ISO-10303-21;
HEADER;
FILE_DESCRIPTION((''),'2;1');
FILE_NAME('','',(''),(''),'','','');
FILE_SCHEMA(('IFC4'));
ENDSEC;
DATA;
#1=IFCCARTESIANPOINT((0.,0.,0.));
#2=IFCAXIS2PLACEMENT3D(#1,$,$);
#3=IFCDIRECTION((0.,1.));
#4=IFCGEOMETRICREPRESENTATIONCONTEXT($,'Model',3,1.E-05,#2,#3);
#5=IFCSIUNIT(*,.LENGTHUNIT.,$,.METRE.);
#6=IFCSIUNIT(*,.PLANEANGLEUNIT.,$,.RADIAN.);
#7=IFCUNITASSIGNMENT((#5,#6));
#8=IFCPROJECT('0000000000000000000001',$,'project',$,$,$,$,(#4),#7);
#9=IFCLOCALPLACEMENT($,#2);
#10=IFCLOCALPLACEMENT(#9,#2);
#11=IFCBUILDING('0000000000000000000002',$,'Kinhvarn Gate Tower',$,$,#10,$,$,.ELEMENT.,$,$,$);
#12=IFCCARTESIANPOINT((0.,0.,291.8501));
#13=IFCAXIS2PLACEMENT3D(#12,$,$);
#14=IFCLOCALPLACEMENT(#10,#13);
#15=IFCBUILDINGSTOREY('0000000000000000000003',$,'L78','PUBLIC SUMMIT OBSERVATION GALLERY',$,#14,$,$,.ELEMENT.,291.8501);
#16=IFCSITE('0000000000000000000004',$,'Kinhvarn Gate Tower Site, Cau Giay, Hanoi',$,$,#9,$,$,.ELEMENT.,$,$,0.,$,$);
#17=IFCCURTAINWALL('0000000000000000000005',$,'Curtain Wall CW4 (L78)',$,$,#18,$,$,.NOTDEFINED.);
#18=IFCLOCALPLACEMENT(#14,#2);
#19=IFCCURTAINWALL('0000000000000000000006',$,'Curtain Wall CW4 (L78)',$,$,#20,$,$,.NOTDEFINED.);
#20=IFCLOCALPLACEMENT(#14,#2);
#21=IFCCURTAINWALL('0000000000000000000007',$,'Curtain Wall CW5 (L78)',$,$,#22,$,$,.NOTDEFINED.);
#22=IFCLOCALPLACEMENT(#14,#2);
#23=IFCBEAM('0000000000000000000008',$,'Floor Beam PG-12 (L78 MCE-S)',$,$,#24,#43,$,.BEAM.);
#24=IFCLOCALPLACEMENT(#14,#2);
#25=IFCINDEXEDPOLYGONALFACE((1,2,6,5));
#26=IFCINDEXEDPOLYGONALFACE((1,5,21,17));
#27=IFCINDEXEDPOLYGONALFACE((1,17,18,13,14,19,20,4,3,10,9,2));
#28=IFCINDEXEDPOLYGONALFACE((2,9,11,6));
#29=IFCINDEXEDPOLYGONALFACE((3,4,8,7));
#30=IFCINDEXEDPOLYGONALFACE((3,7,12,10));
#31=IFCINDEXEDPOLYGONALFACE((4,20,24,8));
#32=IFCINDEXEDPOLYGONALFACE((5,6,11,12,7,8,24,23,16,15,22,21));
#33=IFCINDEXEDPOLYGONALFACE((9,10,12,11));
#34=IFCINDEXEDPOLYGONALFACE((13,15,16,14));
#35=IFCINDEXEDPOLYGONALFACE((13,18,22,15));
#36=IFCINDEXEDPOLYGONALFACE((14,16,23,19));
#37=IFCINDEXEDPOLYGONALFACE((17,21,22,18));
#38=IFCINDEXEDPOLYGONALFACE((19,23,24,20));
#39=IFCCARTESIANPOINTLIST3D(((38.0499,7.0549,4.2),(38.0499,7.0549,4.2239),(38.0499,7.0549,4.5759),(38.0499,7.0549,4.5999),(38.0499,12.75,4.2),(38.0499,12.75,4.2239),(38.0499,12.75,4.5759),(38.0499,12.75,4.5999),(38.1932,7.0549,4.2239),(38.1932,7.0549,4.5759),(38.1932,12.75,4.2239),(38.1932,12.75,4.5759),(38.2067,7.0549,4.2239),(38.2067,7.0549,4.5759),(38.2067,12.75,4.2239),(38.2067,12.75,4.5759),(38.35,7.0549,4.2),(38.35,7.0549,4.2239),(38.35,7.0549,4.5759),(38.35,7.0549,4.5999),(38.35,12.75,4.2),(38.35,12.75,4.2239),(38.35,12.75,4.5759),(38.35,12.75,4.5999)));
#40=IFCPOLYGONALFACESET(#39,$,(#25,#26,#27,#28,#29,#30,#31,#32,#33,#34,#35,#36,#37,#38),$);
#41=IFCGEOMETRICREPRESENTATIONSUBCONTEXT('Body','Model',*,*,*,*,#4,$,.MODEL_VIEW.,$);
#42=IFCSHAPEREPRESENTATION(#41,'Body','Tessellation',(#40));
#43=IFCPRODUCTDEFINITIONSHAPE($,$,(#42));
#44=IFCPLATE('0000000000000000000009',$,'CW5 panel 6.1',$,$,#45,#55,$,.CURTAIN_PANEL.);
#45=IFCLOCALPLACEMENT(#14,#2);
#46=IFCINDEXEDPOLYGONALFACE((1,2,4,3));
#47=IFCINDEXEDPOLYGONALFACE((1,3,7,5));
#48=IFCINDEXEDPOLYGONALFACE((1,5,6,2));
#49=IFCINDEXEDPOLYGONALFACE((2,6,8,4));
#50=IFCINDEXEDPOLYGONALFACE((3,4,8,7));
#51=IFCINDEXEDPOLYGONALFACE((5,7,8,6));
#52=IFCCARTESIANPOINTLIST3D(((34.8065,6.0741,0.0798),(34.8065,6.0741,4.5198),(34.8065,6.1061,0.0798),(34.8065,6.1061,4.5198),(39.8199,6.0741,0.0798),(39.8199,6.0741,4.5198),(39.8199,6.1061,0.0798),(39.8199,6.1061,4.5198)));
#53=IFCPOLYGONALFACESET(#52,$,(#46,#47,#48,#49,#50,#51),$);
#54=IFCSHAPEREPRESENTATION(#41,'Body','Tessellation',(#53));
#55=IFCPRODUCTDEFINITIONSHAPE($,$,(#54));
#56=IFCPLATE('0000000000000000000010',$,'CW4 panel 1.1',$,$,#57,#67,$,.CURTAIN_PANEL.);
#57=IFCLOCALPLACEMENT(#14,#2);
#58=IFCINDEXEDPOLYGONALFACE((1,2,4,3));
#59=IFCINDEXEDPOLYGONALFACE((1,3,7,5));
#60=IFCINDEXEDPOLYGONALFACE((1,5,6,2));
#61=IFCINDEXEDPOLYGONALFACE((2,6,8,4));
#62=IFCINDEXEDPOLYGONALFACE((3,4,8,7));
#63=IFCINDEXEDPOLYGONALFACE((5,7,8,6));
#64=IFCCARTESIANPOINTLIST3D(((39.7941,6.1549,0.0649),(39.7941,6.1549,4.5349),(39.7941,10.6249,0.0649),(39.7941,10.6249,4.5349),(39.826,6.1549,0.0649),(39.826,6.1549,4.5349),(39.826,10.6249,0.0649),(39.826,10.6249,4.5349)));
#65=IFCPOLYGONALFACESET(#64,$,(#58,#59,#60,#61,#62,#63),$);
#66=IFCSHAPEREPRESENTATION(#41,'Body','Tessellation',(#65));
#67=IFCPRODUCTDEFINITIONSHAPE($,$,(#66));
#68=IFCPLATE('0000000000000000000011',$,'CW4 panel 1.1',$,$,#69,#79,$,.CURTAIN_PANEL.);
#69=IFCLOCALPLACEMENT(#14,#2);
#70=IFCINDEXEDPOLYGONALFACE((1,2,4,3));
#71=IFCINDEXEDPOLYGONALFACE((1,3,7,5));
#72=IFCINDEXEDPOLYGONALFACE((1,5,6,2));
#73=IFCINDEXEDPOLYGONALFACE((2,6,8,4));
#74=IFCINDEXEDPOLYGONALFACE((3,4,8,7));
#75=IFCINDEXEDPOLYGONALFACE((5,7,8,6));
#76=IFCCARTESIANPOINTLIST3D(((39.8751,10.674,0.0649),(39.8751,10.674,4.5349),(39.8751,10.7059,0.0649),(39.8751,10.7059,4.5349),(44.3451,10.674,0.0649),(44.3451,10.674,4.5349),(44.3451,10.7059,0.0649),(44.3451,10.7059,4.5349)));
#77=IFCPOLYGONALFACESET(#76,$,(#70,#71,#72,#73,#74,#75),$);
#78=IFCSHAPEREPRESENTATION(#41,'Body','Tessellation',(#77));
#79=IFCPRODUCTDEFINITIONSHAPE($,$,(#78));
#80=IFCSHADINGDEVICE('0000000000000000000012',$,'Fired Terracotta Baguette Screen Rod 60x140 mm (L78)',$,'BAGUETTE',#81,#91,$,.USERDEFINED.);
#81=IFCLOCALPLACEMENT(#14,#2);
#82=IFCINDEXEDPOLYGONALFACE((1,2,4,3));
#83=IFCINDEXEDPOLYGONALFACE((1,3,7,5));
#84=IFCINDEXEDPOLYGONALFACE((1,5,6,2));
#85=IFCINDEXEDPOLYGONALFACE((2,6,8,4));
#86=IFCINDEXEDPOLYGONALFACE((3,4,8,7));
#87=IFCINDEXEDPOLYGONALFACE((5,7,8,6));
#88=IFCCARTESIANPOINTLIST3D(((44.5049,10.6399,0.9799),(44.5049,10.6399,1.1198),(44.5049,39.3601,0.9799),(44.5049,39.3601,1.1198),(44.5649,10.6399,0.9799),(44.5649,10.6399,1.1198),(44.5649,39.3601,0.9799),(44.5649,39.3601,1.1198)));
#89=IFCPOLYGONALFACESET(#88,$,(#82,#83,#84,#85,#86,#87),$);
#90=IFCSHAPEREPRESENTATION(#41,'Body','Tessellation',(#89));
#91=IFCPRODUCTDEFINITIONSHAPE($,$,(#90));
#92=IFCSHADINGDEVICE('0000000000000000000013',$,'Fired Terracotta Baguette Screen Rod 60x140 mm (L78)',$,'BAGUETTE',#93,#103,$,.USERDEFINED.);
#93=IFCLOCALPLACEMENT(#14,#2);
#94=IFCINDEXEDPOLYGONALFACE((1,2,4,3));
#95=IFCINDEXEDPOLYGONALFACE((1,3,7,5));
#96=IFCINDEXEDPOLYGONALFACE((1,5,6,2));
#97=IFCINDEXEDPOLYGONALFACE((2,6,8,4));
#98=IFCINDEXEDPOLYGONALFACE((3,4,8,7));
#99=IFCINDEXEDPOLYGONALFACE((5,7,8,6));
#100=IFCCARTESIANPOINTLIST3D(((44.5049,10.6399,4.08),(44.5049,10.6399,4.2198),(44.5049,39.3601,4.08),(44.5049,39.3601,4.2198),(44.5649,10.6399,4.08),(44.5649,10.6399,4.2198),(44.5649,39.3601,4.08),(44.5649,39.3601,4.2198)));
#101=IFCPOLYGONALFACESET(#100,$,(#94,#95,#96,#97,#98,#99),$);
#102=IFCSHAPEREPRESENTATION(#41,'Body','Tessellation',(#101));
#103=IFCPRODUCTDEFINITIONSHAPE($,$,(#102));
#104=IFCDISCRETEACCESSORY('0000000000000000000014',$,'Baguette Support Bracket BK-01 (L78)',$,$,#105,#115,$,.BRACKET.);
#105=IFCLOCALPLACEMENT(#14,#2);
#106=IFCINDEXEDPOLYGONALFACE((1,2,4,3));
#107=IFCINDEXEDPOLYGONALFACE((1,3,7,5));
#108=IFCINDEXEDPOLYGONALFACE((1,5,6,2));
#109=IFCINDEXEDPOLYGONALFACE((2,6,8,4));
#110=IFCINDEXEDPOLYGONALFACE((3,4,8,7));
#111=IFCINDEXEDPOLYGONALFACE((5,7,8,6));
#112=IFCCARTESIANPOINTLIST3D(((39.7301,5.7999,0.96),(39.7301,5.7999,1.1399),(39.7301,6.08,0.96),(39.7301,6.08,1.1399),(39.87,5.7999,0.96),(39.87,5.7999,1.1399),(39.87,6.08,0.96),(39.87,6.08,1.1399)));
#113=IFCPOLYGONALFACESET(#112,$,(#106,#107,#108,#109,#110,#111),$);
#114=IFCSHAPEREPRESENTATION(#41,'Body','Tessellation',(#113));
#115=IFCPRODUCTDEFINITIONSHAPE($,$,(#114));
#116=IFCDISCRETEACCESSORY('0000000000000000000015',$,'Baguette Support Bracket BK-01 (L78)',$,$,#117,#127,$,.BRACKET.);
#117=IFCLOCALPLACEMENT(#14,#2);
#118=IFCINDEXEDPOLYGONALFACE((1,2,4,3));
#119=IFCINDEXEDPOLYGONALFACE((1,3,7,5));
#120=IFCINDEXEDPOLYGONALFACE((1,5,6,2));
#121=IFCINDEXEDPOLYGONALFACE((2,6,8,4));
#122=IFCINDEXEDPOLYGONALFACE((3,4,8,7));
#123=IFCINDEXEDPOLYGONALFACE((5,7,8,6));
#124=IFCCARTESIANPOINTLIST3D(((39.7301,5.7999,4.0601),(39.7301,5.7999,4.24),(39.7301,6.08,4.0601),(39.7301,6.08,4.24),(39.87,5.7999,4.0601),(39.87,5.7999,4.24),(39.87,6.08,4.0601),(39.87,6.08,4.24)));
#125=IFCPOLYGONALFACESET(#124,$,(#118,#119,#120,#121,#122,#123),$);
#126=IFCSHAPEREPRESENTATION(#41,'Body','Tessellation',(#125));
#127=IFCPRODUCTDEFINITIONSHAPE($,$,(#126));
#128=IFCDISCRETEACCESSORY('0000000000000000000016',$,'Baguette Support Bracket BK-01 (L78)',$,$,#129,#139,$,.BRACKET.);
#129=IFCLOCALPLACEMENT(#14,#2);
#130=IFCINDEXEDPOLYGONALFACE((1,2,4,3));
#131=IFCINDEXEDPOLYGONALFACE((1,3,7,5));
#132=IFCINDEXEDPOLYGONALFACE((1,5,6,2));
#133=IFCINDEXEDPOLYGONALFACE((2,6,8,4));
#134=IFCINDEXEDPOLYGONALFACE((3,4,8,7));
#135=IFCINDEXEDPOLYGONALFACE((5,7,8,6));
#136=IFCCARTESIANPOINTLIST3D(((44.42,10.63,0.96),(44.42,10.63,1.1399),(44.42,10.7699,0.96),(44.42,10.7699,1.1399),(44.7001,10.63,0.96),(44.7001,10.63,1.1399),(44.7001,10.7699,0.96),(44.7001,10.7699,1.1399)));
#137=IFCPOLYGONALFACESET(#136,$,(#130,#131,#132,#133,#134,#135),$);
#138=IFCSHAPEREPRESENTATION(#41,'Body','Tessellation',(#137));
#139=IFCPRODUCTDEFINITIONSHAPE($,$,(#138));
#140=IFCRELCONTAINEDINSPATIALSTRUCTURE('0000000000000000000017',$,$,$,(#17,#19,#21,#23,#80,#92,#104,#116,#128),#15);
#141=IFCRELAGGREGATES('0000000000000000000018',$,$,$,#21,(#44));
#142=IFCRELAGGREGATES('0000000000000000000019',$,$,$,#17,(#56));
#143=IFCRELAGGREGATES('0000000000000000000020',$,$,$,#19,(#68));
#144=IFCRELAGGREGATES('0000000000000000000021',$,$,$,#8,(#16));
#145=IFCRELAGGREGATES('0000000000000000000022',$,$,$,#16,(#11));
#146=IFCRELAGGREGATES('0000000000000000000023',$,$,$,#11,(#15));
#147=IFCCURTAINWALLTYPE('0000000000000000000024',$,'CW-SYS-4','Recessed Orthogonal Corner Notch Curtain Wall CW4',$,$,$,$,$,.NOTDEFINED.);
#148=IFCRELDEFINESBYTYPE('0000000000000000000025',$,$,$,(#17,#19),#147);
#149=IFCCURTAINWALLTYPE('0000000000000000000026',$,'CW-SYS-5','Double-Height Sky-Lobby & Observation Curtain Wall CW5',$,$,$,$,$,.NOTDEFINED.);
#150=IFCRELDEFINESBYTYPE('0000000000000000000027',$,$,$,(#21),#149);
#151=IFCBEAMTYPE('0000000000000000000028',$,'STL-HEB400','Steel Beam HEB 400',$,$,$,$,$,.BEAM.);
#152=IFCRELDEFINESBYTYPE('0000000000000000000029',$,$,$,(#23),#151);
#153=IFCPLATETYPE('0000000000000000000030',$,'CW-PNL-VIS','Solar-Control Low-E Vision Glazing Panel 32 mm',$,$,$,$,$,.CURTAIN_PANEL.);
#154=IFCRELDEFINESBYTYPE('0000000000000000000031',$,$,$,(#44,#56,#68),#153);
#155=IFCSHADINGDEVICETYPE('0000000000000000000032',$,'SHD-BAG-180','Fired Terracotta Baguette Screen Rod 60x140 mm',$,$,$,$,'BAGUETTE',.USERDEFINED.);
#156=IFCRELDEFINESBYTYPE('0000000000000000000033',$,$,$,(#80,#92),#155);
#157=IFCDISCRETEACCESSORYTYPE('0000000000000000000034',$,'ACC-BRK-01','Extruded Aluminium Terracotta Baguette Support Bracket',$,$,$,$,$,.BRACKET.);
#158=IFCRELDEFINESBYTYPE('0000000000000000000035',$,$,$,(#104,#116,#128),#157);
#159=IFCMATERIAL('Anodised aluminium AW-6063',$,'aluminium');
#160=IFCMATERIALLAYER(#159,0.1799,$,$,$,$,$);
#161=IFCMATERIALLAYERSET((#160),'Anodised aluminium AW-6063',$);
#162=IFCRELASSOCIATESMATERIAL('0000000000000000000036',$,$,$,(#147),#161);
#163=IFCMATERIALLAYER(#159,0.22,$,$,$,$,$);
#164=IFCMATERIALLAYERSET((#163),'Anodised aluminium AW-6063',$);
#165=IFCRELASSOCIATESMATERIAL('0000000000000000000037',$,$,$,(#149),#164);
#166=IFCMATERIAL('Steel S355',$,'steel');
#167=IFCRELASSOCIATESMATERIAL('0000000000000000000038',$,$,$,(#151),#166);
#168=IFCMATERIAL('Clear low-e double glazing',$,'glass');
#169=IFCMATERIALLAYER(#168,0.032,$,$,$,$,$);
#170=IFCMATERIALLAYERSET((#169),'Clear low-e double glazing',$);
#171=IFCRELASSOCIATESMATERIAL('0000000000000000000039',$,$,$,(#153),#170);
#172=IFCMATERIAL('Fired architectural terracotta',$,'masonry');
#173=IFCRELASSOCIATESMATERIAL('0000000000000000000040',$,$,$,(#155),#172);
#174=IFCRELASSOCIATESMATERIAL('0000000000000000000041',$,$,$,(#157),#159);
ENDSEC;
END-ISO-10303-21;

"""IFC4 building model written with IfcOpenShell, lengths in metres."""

from ifc_helpers import new_model, si_unit, direction, frame, origin, origin_2d, place, context, subcontext, project, spatial, rectangle, i_section, extrude, material, layer, layer_set, material_profile, profile_set, type_object, element, aggregate, save


model = new_model("IFC4")

# Units and contexts
model_context = context("Model", 3, precision=1e-05, world=origin(), true_north=direction((0.0, 1.0)))
body_context = subcontext(model_context, "Body", "Model", "MODEL_VIEW")
ifc_project = project(units=[si_unit("LENGTHUNIT", "METRE"), si_unit("PLANEANGLEUNIT", "RADIAN")], contexts=[model_context])

# Site, building, storey
site_placement = place(None, origin())
site = spatial("IfcSite", under=ifc_project, at=site_placement, Name="Kinhvarn Gate Tower Site, Cau Giay, Hanoi", CompositionType="ELEMENT", RefElevation=0.0)
building_placement = place(site_placement, origin())
building = spatial("IfcBuilding", under=site, at=building_placement, Name="Kinhvarn Gate Tower", CompositionType="ELEMENT")
storey_placement = place(building_placement, frame((0.0, 0.0, 291.8501)))
storey = spatial("IfcBuildingStorey", under=building, at=storey_placement, Name="L78", Description="PUBLIC SUMMIT OBSERVATION GALLERY", CompositionType="ELEMENT", Elevation=291.8501)

# Curtain walls
ifc_material_1 = material(Name="Anodised aluminium AW-6063", Category="aluminium")
ifc_layer_1 = layer(ifc_material_1, 0.1799)
ifc_layer_set_1 = layer_set([ifc_layer_1], Name="Anodised aluminium AW-6063")
curtain_wall_type_1 = type_object("IfcCurtainWallType", Name="CW-SYS-4", Description="Recessed Orthogonal Corner Notch Curtain Wall CW4", PredefinedType="NOTDEFINED", material=ifc_layer_set_1)
curtain_wall_1_placement = place(storey_placement, origin())
curtain_wall_1 = element("IfcCurtainWall", 1, at=curtain_wall_1_placement, inside=storey, type_object=curtain_wall_type_1, Name="Curtain Wall CW4 (L78)", PredefinedType="NOTDEFINED")
curtain_wall_2_placement = place(storey_placement, origin())
curtain_wall_2 = element("IfcCurtainWall", 2, at=curtain_wall_2_placement, inside=storey, type_object=curtain_wall_type_1, Name="Curtain Wall CW4 (L78)", PredefinedType="NOTDEFINED")

# Curtain wall
ifc_layer_2 = layer(ifc_material_1, 0.22)
ifc_layer_set_2 = layer_set([ifc_layer_2], Name="Anodised aluminium AW-6063")
curtain_wall_type_2 = type_object("IfcCurtainWallType", Name="CW-SYS-5", Description="Double-Height Sky-Lobby & Observation Curtain Wall CW5", PredefinedType="NOTDEFINED", material=ifc_layer_set_2)
curtain_wall_3_placement = place(storey_placement, origin())
curtain_wall_3 = element("IfcCurtainWall", 3, at=curtain_wall_3_placement, inside=storey, type_object=curtain_wall_type_2, Name="Curtain Wall CW5 (L78)", PredefinedType="NOTDEFINED")

# Beam
ifc_material_2 = material(Name="Steel S355", Category="steel")
ifc_material_profile_1 = material_profile(ifc_material_2, i_section(OverallWidth=0.3, OverallDepth=0.3999, WebThickness=0.0134, FlangeThickness=0.0239, at=origin_2d()), Name="HEB 400")
ifc_profile_set_1 = profile_set([ifc_material_profile_1], Name="Steel S355")
beam_type = type_object("IfcBeamType", Name="STL-HEB400", Description="Steel Beam HEB 400", PredefinedType="BEAM", material=ifc_profile_set_1)
beam_placement = place(storey_placement, frame((38.2, 7.0549, 4.3999), z_axis=(0.0, 1.0, 0.0), x_axis=(-1.0, 0.0, 0.0)))
element("IfcBeam", 4, at=beam_placement, inside=storey, type_object=beam_type, Name="Floor Beam PG-12 (L78 MCE-S)", PredefinedType="BEAM", context=body_context, shape_type="SweptSolid", body=[
    extrude(i_section(OverallWidth=0.3, OverallDepth=0.3999, WebThickness=0.0134, FlangeThickness=0.0239, at=origin_2d()), origin(), (0.0, 0.0, 1.0), 5.6951),
])

# Plates
ifc_material_3 = material(Name="Clear low-e double glazing", Category="glass")
ifc_layer_3 = layer(ifc_material_3, 0.032)
ifc_layer_set_3 = layer_set([ifc_layer_3], Name="Clear low-e double glazing")
plate_type = type_object("IfcPlateType", Name="CW-PNL-VIS", Description="Solar-Control Low-E Vision Glazing Panel 32 mm", PredefinedType="CURTAIN_PANEL", material=ifc_layer_set_3)
plate_1_placement = place(storey_placement, frame((37.3132, 6.0901, 0.0798), z_axis=(0.0, 0.0, 1.0), x_axis=(1.0, 0.0, 0.0)))
plate_1 = element("IfcPlate", 5, at=plate_1_placement, type_object=plate_type, Name="CW5 panel 6.1", PredefinedType="CURTAIN_PANEL", context=body_context, shape_type="SweptSolid", body=[
    extrude(rectangle(XDim=5.0134, YDim=0.032, at=origin_2d()), origin(), (0.0, 0.0, 1.0), 4.4399),
])
aggregate(curtain_wall_3, [plate_1])
plate_2_placement = place(storey_placement, frame((39.8101, 8.3899, 0.0649), z_axis=(0.0, 0.0, 1.0), x_axis=(0.0, 1.0, 0.0)))
plate_2 = element("IfcPlate", 6, at=plate_2_placement, type_object=plate_type, Name="CW4 panel 1.1", PredefinedType="CURTAIN_PANEL", context=body_context, shape_type="SweptSolid", body=[
    extrude(rectangle(XDim=4.47, YDim=0.032, at=origin_2d()), origin(), (0.0, 0.0, 1.0), 4.47),
])
aggregate(curtain_wall_1, [plate_2])
plate_3_placement = place(storey_placement, frame((42.1101, 10.6899, 0.0649), z_axis=(0.0, 0.0, 1.0), x_axis=(1.0, 0.0, 0.0)))
plate_3 = element("IfcPlate", 7, at=plate_3_placement, type_object=plate_type, Name="CW4 panel 1.1", PredefinedType="CURTAIN_PANEL", context=body_context, shape_type="SweptSolid", body=[
    extrude(rectangle(XDim=4.47, YDim=0.032, at=origin_2d()), origin(), (0.0, 0.0, 1.0), 4.47),
])
aggregate(curtain_wall_2, [plate_3])

# Shading devices
ifc_material_4 = material(Name="Fired architectural terracotta", Category="masonry")
ifc_material_profile_2 = material_profile(ifc_material_4, rectangle(XDim=0.0601, YDim=0.1399, at=origin_2d()), Name="TC 60x140")
ifc_profile_set_2 = profile_set([ifc_material_profile_2], Name="Fired architectural terracotta")
shading_device_type = type_object("IfcShadingDeviceType", Name="SHD-BAG-180", Description="Fired Terracotta Baguette Screen Rod 60x140 mm", ElementType="BAGUETTE", PredefinedType="USERDEFINED", material=ifc_profile_set_2)
for number, where, z_axis, x_axis, name in (
    (8, (44.5349, 10.6399, 1.0498), (0.0, 1.0, 0.0), (-1.0, 0.0, 0.0), "Fired Terracotta Baguette Screen Rod 60x140 mm (L78)"),
    (9, (44.5349, 10.6399, 4.1499), (0.0, 1.0, 0.0), (-1.0, 0.0, 0.0), "Fired Terracotta Baguette Screen Rod 60x140 mm (L78)"),
):
    element("IfcShadingDevice", number, at=place(storey_placement, frame(where, z_axis=z_axis, x_axis=x_axis)), inside=storey, type_object=shading_device_type, Name=name, ObjectType="BAGUETTE", PredefinedType="USERDEFINED", context=body_context, shape_type="SweptSolid", body=[
        extrude(rectangle(XDim=0.0601, YDim=0.1399, at=origin_2d()), origin(), (0.0, 0.0, 1.0), 28.7202),
    ])

# Discrete accessories
discrete_accessory_type = type_object("IfcDiscreteAccessoryType", Name="ACC-BRK-01", Description="Extruded Aluminium Terracotta Baguette Support Bracket", PredefinedType="BRACKET", material=ifc_material_1)
for number, where, z_axis, x_axis, name in (
    (10, (39.8, 5.9399, 0.96), (0.0, 0.0, 1.0), (1.0, 0.0, 0.0), "Baguette Support Bracket BK-01 (L78)"),
    (11, (39.8, 5.9399, 4.0601), (0.0, 0.0, 1.0), (1.0, 0.0, 0.0), "Baguette Support Bracket BK-01 (L78)"),
    (12, (44.5601, 10.7, 0.96), (0.0, 0.0, 1.0), (0.0, 1.0, 0.0), "Baguette Support Bracket BK-01 (L78)"),
):
    element("IfcDiscreteAccessory", number, at=place(storey_placement, frame(where, z_axis=z_axis, x_axis=x_axis)), inside=storey, type_object=discrete_accessory_type, Name=name, PredefinedType="BRACKET", context=body_context, shape_type="SweptSolid", body=[
        extrude(rectangle(XDim=0.1399, YDim=0.28, at=origin_2d()), origin(), (0.0, 0.0, 1.0), 0.1799),
    ])

save(model, "model.ifc")
